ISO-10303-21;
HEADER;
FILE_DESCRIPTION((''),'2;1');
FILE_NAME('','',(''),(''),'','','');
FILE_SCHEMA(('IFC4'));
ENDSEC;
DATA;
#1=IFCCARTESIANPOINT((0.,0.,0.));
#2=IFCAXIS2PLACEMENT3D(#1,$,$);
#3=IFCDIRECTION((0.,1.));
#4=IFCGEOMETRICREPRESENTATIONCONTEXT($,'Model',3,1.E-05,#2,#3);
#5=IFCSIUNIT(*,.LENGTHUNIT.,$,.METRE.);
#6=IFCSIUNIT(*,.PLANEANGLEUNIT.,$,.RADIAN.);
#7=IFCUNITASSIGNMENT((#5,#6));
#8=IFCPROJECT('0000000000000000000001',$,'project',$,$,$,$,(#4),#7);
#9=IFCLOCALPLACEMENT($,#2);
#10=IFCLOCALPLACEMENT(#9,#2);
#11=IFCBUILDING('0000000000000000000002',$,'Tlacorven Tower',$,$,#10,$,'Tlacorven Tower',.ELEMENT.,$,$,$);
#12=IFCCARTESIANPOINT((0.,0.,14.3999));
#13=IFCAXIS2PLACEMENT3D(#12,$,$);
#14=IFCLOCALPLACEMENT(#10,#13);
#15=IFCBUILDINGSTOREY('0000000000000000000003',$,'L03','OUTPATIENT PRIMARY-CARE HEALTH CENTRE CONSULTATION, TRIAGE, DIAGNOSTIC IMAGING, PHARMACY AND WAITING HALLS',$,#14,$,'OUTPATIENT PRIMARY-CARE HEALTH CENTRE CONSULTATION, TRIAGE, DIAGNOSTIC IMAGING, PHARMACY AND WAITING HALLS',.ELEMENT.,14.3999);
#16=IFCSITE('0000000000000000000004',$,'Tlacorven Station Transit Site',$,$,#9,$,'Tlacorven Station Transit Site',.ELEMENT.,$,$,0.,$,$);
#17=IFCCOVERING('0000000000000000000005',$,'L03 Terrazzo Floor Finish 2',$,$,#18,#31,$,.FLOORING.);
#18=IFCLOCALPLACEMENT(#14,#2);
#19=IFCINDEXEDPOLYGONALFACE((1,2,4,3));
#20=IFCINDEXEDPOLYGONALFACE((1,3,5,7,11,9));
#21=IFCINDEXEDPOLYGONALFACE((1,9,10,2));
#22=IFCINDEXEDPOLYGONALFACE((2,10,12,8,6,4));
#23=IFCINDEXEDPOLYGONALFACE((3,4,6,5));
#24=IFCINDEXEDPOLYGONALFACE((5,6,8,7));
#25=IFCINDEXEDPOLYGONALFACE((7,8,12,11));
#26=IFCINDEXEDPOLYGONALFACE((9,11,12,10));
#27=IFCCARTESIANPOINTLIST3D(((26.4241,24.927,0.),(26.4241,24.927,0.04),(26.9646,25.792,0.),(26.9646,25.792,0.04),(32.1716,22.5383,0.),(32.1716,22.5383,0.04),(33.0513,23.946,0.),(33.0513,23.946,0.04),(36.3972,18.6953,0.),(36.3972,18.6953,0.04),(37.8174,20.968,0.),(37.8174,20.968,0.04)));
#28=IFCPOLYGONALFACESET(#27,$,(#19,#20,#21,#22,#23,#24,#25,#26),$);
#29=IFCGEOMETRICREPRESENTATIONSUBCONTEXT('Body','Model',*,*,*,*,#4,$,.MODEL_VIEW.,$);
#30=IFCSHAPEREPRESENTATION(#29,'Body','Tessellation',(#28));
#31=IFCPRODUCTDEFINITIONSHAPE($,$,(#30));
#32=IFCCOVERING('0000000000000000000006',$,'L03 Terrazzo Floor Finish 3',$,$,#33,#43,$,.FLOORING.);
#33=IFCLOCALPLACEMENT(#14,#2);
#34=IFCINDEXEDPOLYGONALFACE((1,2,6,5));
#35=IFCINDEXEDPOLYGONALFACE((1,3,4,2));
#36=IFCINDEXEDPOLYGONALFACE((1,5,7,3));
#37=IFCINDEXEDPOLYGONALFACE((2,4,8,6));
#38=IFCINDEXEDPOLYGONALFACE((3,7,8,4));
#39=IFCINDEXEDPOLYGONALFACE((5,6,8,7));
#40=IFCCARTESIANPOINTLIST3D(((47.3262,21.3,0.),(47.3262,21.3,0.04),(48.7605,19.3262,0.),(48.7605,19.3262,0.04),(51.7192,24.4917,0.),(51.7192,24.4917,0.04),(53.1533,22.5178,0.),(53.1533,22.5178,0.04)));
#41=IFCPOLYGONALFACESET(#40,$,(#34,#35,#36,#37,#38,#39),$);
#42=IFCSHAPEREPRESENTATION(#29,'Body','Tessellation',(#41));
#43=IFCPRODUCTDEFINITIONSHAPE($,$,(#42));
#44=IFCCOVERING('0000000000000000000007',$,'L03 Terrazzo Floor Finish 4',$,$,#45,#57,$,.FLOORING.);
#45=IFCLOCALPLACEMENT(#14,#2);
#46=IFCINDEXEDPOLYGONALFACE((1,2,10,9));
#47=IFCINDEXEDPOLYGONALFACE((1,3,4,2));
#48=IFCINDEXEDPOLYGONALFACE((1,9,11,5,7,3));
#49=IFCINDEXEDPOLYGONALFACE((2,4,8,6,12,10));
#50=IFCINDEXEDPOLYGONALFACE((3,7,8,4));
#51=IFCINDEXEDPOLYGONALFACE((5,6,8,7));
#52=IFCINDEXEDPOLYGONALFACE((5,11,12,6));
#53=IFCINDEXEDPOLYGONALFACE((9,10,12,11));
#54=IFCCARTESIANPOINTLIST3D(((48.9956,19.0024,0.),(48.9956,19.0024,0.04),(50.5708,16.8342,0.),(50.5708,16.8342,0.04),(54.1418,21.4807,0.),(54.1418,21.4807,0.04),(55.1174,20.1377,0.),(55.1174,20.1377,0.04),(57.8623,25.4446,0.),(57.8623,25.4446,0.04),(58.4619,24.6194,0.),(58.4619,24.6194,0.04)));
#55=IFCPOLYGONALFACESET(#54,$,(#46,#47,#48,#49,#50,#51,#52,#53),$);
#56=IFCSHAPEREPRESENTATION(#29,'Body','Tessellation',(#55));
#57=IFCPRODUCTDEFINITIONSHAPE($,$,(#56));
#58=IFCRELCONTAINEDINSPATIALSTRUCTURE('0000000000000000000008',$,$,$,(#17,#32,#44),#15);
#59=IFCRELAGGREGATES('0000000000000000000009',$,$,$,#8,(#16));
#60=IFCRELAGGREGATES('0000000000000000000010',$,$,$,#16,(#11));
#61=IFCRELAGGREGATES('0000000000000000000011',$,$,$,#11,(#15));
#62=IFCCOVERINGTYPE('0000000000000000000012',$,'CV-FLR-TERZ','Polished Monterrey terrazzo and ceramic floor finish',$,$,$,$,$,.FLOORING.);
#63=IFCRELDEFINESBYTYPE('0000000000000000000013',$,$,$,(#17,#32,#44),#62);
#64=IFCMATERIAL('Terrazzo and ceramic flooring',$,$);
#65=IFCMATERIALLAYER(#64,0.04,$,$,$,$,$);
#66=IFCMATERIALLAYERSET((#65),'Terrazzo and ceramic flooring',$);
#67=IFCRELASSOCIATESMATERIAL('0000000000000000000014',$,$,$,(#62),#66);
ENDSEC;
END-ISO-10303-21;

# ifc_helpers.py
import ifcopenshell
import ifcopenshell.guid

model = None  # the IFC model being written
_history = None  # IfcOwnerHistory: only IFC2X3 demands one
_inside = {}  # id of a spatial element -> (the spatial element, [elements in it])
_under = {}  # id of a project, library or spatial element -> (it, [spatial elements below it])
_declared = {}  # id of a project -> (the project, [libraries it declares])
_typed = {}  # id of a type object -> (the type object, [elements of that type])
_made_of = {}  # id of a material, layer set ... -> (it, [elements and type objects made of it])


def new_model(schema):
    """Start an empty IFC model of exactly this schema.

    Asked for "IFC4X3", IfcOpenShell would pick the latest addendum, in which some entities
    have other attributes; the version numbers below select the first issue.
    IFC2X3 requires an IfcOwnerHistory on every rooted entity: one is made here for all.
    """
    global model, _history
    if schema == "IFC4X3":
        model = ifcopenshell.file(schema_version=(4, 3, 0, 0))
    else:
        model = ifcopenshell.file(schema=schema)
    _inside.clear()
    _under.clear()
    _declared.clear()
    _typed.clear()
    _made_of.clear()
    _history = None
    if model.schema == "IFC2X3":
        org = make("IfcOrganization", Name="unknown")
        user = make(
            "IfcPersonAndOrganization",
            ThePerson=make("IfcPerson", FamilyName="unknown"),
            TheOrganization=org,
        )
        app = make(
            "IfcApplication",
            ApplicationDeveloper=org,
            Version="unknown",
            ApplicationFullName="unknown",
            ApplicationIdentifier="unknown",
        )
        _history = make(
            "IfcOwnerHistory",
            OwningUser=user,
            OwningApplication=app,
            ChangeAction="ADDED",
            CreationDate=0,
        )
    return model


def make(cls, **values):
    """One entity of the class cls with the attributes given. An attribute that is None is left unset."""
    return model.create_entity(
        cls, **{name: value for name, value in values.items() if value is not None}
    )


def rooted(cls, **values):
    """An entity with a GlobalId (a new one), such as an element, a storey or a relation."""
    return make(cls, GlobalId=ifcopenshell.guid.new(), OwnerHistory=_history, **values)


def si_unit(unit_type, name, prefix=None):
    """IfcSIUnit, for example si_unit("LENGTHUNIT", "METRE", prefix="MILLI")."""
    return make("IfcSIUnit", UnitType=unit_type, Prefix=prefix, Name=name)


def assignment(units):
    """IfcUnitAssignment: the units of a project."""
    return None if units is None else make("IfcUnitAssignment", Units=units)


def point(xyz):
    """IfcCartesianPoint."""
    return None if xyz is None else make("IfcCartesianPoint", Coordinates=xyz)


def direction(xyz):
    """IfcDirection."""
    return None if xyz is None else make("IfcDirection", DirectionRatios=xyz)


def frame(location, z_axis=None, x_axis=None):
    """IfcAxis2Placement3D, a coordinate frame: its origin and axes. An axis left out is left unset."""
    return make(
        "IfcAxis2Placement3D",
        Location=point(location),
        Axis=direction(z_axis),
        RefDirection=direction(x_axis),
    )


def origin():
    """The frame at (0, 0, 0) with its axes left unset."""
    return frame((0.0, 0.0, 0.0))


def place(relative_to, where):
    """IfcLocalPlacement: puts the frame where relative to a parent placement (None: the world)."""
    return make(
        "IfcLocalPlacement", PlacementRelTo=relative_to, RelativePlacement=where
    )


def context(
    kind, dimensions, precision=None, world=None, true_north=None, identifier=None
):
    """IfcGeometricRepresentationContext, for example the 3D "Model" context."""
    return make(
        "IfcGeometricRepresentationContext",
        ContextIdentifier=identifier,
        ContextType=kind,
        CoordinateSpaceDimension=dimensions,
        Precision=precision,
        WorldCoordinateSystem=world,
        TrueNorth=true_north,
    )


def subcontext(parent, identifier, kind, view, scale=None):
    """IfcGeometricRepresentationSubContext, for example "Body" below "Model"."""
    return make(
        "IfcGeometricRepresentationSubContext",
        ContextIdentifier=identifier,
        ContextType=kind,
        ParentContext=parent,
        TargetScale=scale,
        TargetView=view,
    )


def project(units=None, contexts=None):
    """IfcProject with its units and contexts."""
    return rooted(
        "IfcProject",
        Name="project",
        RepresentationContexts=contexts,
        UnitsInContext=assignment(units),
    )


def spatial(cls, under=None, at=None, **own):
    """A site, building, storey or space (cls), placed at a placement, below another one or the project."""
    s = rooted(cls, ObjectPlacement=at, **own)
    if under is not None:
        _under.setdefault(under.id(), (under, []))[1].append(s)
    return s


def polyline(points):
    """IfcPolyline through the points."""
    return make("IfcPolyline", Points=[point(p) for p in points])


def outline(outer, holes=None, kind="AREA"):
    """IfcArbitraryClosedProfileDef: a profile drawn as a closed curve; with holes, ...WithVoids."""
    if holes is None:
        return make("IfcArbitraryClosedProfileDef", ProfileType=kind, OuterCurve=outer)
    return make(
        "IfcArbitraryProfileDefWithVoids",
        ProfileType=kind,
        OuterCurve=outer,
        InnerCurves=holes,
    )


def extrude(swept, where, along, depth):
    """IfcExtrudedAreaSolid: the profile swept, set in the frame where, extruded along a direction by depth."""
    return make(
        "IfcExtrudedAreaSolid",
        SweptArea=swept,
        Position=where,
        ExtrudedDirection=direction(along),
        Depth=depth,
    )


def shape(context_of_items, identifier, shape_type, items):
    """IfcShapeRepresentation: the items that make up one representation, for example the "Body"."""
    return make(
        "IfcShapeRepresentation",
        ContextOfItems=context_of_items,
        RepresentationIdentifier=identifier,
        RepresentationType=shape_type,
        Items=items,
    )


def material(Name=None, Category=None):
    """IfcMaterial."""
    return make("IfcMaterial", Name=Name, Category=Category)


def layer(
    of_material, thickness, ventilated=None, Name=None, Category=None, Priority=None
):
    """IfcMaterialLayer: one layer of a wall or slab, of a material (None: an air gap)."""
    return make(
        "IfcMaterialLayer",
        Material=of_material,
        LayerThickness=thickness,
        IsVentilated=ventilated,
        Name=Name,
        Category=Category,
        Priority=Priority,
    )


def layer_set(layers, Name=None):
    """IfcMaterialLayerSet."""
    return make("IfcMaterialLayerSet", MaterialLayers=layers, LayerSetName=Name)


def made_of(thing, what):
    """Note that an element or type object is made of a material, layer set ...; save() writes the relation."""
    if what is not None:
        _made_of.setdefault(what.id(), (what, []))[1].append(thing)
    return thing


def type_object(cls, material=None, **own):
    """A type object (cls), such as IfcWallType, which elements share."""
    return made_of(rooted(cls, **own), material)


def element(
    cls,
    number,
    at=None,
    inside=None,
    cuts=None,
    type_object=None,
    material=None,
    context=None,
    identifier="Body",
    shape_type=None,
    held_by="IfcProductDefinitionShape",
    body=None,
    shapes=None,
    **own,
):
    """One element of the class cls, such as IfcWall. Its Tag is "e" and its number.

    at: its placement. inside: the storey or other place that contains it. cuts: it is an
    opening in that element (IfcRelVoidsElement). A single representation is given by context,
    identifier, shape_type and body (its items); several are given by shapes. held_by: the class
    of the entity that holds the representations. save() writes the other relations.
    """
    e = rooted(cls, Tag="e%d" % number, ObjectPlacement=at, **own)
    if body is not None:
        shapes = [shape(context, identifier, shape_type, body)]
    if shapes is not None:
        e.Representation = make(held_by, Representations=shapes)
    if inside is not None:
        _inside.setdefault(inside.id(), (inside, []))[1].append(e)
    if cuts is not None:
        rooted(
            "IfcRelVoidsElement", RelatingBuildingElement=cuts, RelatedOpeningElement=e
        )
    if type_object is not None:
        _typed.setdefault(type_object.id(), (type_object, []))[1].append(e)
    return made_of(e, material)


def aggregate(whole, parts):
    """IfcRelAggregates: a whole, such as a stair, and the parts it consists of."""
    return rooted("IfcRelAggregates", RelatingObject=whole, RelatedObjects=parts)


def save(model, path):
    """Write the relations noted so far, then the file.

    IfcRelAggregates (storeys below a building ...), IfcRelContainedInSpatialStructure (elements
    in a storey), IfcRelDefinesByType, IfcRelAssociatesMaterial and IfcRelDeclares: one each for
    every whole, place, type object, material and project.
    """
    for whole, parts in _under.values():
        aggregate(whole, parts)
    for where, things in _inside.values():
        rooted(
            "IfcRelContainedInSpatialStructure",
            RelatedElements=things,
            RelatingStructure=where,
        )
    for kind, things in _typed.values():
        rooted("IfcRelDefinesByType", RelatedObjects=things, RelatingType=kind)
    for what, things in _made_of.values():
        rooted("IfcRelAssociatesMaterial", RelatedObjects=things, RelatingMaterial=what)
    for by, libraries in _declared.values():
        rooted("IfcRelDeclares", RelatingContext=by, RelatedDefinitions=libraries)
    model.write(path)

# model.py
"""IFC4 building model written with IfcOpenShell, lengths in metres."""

from ifc_helpers import new_model, si_unit, direction, frame, origin, place, context, subcontext, project, spatial, polyline, outline, extrude, material, layer, layer_set, type_object, element, save


model = new_model("IFC4")

# Units and contexts
model_context = context("Model", 3, precision=1e-05, world=origin(), true_north=direction((0.0, 1.0)))
body_context = subcontext(model_context, "Body", "Model", "MODEL_VIEW")
ifc_project = project(units=[si_unit("LENGTHUNIT", "METRE"), si_unit("PLANEANGLEUNIT", "RADIAN")], contexts=[model_context])

# Site, building, storey
site_placement = place(None, origin())
site = spatial("IfcSite", under=ifc_project, at=site_placement, Name="Tlacorven Station Transit Site", LongName="Tlacorven Station Transit Site", CompositionType="ELEMENT", RefElevation=0.0)
building_placement = place(site_placement, origin())
building = spatial("IfcBuilding", under=site, at=building_placement, Name="Tlacorven Tower", LongName="Tlacorven Tower", CompositionType="ELEMENT")
storey_placement = place(building_placement, frame((0.0, 0.0, 14.3999)))
storey = spatial("IfcBuildingStorey", under=building, at=storey_placement, Name="L03", Description="OUTPATIENT PRIMARY-CARE HEALTH CENTRE CONSULTATION, TRIAGE, DIAGNOSTIC IMAGING, PHARMACY AND WAITING HALLS", LongName="OUTPATIENT PRIMARY-CARE HEALTH CENTRE CONSULTATION, TRIAGE, DIAGNOSTIC IMAGING, PHARMACY AND WAITING HALLS", CompositionType="ELEMENT", Elevation=14.3999)

# Coverings
ifc_material_1 = material(Name="Terrazzo and ceramic flooring")
ifc_layer_1 = layer(ifc_material_1, 0.04)
ifc_layer_set_1 = layer_set([ifc_layer_1], Name="Terrazzo and ceramic flooring")
covering_type_1 = type_object("IfcCoveringType", Name="CV-FLR-TERZ", Description="Polished Monterrey terrazzo and ceramic floor finish", PredefinedType="FLOORING", material=ifc_layer_set_1)
covering_1_placement = place(storey_placement, origin())
element("IfcCovering", 1, at=covering_1_placement, inside=storey, type_object=covering_type_1, Name="L03 Terrazzo Floor Finish 2", PredefinedType="FLOORING", context=body_context, shape_type="SweptSolid", body=[
    extrude(outline(polyline([(37.8174, 20.968), (36.3972, 18.6953), (26.4241, 24.927), (26.9646, 25.792), (32.1716, 22.5383), (33.0513, 23.946), (37.8174, 20.968)])), origin(), (0.0, 0.0, 1.0), 0.04),
])
covering_2_placement = place(storey_placement, origin())
element("IfcCovering", 2, at=covering_2_placement, inside=storey, type_object=covering_type_1, Name="L03 Terrazzo Floor Finish 3", PredefinedType="FLOORING", context=body_context, shape_type="SweptSolid", body=[
    extrude(outline(polyline([(48.7605, 19.3262), (47.3262, 21.3), (51.7192, 24.4917), (53.1533, 22.5178), (48.7605, 19.3262)])), origin(), (0.0, 0.0, 1.0), 0.04),
])
covering_3_placement = place(storey_placement, origin())
element("IfcCovering", 3, at=covering_3_placement, inside=storey, type_object=covering_type_1, Name="L03 Terrazzo Floor Finish 4", PredefinedType="FLOORING", context=body_context, shape_type="SweptSolid", body=[
    extrude(outline(polyline([(50.5708, 16.8342), (48.9956, 19.0024), (57.8623, 25.4446), (58.4619, 24.6194), (54.1418, 21.4807), (55.1174, 20.1377), (50.5708, 16.8342)])), origin(), (0.0, 0.0, 1.0), 0.04),
])

save(model, "model.ifc")
